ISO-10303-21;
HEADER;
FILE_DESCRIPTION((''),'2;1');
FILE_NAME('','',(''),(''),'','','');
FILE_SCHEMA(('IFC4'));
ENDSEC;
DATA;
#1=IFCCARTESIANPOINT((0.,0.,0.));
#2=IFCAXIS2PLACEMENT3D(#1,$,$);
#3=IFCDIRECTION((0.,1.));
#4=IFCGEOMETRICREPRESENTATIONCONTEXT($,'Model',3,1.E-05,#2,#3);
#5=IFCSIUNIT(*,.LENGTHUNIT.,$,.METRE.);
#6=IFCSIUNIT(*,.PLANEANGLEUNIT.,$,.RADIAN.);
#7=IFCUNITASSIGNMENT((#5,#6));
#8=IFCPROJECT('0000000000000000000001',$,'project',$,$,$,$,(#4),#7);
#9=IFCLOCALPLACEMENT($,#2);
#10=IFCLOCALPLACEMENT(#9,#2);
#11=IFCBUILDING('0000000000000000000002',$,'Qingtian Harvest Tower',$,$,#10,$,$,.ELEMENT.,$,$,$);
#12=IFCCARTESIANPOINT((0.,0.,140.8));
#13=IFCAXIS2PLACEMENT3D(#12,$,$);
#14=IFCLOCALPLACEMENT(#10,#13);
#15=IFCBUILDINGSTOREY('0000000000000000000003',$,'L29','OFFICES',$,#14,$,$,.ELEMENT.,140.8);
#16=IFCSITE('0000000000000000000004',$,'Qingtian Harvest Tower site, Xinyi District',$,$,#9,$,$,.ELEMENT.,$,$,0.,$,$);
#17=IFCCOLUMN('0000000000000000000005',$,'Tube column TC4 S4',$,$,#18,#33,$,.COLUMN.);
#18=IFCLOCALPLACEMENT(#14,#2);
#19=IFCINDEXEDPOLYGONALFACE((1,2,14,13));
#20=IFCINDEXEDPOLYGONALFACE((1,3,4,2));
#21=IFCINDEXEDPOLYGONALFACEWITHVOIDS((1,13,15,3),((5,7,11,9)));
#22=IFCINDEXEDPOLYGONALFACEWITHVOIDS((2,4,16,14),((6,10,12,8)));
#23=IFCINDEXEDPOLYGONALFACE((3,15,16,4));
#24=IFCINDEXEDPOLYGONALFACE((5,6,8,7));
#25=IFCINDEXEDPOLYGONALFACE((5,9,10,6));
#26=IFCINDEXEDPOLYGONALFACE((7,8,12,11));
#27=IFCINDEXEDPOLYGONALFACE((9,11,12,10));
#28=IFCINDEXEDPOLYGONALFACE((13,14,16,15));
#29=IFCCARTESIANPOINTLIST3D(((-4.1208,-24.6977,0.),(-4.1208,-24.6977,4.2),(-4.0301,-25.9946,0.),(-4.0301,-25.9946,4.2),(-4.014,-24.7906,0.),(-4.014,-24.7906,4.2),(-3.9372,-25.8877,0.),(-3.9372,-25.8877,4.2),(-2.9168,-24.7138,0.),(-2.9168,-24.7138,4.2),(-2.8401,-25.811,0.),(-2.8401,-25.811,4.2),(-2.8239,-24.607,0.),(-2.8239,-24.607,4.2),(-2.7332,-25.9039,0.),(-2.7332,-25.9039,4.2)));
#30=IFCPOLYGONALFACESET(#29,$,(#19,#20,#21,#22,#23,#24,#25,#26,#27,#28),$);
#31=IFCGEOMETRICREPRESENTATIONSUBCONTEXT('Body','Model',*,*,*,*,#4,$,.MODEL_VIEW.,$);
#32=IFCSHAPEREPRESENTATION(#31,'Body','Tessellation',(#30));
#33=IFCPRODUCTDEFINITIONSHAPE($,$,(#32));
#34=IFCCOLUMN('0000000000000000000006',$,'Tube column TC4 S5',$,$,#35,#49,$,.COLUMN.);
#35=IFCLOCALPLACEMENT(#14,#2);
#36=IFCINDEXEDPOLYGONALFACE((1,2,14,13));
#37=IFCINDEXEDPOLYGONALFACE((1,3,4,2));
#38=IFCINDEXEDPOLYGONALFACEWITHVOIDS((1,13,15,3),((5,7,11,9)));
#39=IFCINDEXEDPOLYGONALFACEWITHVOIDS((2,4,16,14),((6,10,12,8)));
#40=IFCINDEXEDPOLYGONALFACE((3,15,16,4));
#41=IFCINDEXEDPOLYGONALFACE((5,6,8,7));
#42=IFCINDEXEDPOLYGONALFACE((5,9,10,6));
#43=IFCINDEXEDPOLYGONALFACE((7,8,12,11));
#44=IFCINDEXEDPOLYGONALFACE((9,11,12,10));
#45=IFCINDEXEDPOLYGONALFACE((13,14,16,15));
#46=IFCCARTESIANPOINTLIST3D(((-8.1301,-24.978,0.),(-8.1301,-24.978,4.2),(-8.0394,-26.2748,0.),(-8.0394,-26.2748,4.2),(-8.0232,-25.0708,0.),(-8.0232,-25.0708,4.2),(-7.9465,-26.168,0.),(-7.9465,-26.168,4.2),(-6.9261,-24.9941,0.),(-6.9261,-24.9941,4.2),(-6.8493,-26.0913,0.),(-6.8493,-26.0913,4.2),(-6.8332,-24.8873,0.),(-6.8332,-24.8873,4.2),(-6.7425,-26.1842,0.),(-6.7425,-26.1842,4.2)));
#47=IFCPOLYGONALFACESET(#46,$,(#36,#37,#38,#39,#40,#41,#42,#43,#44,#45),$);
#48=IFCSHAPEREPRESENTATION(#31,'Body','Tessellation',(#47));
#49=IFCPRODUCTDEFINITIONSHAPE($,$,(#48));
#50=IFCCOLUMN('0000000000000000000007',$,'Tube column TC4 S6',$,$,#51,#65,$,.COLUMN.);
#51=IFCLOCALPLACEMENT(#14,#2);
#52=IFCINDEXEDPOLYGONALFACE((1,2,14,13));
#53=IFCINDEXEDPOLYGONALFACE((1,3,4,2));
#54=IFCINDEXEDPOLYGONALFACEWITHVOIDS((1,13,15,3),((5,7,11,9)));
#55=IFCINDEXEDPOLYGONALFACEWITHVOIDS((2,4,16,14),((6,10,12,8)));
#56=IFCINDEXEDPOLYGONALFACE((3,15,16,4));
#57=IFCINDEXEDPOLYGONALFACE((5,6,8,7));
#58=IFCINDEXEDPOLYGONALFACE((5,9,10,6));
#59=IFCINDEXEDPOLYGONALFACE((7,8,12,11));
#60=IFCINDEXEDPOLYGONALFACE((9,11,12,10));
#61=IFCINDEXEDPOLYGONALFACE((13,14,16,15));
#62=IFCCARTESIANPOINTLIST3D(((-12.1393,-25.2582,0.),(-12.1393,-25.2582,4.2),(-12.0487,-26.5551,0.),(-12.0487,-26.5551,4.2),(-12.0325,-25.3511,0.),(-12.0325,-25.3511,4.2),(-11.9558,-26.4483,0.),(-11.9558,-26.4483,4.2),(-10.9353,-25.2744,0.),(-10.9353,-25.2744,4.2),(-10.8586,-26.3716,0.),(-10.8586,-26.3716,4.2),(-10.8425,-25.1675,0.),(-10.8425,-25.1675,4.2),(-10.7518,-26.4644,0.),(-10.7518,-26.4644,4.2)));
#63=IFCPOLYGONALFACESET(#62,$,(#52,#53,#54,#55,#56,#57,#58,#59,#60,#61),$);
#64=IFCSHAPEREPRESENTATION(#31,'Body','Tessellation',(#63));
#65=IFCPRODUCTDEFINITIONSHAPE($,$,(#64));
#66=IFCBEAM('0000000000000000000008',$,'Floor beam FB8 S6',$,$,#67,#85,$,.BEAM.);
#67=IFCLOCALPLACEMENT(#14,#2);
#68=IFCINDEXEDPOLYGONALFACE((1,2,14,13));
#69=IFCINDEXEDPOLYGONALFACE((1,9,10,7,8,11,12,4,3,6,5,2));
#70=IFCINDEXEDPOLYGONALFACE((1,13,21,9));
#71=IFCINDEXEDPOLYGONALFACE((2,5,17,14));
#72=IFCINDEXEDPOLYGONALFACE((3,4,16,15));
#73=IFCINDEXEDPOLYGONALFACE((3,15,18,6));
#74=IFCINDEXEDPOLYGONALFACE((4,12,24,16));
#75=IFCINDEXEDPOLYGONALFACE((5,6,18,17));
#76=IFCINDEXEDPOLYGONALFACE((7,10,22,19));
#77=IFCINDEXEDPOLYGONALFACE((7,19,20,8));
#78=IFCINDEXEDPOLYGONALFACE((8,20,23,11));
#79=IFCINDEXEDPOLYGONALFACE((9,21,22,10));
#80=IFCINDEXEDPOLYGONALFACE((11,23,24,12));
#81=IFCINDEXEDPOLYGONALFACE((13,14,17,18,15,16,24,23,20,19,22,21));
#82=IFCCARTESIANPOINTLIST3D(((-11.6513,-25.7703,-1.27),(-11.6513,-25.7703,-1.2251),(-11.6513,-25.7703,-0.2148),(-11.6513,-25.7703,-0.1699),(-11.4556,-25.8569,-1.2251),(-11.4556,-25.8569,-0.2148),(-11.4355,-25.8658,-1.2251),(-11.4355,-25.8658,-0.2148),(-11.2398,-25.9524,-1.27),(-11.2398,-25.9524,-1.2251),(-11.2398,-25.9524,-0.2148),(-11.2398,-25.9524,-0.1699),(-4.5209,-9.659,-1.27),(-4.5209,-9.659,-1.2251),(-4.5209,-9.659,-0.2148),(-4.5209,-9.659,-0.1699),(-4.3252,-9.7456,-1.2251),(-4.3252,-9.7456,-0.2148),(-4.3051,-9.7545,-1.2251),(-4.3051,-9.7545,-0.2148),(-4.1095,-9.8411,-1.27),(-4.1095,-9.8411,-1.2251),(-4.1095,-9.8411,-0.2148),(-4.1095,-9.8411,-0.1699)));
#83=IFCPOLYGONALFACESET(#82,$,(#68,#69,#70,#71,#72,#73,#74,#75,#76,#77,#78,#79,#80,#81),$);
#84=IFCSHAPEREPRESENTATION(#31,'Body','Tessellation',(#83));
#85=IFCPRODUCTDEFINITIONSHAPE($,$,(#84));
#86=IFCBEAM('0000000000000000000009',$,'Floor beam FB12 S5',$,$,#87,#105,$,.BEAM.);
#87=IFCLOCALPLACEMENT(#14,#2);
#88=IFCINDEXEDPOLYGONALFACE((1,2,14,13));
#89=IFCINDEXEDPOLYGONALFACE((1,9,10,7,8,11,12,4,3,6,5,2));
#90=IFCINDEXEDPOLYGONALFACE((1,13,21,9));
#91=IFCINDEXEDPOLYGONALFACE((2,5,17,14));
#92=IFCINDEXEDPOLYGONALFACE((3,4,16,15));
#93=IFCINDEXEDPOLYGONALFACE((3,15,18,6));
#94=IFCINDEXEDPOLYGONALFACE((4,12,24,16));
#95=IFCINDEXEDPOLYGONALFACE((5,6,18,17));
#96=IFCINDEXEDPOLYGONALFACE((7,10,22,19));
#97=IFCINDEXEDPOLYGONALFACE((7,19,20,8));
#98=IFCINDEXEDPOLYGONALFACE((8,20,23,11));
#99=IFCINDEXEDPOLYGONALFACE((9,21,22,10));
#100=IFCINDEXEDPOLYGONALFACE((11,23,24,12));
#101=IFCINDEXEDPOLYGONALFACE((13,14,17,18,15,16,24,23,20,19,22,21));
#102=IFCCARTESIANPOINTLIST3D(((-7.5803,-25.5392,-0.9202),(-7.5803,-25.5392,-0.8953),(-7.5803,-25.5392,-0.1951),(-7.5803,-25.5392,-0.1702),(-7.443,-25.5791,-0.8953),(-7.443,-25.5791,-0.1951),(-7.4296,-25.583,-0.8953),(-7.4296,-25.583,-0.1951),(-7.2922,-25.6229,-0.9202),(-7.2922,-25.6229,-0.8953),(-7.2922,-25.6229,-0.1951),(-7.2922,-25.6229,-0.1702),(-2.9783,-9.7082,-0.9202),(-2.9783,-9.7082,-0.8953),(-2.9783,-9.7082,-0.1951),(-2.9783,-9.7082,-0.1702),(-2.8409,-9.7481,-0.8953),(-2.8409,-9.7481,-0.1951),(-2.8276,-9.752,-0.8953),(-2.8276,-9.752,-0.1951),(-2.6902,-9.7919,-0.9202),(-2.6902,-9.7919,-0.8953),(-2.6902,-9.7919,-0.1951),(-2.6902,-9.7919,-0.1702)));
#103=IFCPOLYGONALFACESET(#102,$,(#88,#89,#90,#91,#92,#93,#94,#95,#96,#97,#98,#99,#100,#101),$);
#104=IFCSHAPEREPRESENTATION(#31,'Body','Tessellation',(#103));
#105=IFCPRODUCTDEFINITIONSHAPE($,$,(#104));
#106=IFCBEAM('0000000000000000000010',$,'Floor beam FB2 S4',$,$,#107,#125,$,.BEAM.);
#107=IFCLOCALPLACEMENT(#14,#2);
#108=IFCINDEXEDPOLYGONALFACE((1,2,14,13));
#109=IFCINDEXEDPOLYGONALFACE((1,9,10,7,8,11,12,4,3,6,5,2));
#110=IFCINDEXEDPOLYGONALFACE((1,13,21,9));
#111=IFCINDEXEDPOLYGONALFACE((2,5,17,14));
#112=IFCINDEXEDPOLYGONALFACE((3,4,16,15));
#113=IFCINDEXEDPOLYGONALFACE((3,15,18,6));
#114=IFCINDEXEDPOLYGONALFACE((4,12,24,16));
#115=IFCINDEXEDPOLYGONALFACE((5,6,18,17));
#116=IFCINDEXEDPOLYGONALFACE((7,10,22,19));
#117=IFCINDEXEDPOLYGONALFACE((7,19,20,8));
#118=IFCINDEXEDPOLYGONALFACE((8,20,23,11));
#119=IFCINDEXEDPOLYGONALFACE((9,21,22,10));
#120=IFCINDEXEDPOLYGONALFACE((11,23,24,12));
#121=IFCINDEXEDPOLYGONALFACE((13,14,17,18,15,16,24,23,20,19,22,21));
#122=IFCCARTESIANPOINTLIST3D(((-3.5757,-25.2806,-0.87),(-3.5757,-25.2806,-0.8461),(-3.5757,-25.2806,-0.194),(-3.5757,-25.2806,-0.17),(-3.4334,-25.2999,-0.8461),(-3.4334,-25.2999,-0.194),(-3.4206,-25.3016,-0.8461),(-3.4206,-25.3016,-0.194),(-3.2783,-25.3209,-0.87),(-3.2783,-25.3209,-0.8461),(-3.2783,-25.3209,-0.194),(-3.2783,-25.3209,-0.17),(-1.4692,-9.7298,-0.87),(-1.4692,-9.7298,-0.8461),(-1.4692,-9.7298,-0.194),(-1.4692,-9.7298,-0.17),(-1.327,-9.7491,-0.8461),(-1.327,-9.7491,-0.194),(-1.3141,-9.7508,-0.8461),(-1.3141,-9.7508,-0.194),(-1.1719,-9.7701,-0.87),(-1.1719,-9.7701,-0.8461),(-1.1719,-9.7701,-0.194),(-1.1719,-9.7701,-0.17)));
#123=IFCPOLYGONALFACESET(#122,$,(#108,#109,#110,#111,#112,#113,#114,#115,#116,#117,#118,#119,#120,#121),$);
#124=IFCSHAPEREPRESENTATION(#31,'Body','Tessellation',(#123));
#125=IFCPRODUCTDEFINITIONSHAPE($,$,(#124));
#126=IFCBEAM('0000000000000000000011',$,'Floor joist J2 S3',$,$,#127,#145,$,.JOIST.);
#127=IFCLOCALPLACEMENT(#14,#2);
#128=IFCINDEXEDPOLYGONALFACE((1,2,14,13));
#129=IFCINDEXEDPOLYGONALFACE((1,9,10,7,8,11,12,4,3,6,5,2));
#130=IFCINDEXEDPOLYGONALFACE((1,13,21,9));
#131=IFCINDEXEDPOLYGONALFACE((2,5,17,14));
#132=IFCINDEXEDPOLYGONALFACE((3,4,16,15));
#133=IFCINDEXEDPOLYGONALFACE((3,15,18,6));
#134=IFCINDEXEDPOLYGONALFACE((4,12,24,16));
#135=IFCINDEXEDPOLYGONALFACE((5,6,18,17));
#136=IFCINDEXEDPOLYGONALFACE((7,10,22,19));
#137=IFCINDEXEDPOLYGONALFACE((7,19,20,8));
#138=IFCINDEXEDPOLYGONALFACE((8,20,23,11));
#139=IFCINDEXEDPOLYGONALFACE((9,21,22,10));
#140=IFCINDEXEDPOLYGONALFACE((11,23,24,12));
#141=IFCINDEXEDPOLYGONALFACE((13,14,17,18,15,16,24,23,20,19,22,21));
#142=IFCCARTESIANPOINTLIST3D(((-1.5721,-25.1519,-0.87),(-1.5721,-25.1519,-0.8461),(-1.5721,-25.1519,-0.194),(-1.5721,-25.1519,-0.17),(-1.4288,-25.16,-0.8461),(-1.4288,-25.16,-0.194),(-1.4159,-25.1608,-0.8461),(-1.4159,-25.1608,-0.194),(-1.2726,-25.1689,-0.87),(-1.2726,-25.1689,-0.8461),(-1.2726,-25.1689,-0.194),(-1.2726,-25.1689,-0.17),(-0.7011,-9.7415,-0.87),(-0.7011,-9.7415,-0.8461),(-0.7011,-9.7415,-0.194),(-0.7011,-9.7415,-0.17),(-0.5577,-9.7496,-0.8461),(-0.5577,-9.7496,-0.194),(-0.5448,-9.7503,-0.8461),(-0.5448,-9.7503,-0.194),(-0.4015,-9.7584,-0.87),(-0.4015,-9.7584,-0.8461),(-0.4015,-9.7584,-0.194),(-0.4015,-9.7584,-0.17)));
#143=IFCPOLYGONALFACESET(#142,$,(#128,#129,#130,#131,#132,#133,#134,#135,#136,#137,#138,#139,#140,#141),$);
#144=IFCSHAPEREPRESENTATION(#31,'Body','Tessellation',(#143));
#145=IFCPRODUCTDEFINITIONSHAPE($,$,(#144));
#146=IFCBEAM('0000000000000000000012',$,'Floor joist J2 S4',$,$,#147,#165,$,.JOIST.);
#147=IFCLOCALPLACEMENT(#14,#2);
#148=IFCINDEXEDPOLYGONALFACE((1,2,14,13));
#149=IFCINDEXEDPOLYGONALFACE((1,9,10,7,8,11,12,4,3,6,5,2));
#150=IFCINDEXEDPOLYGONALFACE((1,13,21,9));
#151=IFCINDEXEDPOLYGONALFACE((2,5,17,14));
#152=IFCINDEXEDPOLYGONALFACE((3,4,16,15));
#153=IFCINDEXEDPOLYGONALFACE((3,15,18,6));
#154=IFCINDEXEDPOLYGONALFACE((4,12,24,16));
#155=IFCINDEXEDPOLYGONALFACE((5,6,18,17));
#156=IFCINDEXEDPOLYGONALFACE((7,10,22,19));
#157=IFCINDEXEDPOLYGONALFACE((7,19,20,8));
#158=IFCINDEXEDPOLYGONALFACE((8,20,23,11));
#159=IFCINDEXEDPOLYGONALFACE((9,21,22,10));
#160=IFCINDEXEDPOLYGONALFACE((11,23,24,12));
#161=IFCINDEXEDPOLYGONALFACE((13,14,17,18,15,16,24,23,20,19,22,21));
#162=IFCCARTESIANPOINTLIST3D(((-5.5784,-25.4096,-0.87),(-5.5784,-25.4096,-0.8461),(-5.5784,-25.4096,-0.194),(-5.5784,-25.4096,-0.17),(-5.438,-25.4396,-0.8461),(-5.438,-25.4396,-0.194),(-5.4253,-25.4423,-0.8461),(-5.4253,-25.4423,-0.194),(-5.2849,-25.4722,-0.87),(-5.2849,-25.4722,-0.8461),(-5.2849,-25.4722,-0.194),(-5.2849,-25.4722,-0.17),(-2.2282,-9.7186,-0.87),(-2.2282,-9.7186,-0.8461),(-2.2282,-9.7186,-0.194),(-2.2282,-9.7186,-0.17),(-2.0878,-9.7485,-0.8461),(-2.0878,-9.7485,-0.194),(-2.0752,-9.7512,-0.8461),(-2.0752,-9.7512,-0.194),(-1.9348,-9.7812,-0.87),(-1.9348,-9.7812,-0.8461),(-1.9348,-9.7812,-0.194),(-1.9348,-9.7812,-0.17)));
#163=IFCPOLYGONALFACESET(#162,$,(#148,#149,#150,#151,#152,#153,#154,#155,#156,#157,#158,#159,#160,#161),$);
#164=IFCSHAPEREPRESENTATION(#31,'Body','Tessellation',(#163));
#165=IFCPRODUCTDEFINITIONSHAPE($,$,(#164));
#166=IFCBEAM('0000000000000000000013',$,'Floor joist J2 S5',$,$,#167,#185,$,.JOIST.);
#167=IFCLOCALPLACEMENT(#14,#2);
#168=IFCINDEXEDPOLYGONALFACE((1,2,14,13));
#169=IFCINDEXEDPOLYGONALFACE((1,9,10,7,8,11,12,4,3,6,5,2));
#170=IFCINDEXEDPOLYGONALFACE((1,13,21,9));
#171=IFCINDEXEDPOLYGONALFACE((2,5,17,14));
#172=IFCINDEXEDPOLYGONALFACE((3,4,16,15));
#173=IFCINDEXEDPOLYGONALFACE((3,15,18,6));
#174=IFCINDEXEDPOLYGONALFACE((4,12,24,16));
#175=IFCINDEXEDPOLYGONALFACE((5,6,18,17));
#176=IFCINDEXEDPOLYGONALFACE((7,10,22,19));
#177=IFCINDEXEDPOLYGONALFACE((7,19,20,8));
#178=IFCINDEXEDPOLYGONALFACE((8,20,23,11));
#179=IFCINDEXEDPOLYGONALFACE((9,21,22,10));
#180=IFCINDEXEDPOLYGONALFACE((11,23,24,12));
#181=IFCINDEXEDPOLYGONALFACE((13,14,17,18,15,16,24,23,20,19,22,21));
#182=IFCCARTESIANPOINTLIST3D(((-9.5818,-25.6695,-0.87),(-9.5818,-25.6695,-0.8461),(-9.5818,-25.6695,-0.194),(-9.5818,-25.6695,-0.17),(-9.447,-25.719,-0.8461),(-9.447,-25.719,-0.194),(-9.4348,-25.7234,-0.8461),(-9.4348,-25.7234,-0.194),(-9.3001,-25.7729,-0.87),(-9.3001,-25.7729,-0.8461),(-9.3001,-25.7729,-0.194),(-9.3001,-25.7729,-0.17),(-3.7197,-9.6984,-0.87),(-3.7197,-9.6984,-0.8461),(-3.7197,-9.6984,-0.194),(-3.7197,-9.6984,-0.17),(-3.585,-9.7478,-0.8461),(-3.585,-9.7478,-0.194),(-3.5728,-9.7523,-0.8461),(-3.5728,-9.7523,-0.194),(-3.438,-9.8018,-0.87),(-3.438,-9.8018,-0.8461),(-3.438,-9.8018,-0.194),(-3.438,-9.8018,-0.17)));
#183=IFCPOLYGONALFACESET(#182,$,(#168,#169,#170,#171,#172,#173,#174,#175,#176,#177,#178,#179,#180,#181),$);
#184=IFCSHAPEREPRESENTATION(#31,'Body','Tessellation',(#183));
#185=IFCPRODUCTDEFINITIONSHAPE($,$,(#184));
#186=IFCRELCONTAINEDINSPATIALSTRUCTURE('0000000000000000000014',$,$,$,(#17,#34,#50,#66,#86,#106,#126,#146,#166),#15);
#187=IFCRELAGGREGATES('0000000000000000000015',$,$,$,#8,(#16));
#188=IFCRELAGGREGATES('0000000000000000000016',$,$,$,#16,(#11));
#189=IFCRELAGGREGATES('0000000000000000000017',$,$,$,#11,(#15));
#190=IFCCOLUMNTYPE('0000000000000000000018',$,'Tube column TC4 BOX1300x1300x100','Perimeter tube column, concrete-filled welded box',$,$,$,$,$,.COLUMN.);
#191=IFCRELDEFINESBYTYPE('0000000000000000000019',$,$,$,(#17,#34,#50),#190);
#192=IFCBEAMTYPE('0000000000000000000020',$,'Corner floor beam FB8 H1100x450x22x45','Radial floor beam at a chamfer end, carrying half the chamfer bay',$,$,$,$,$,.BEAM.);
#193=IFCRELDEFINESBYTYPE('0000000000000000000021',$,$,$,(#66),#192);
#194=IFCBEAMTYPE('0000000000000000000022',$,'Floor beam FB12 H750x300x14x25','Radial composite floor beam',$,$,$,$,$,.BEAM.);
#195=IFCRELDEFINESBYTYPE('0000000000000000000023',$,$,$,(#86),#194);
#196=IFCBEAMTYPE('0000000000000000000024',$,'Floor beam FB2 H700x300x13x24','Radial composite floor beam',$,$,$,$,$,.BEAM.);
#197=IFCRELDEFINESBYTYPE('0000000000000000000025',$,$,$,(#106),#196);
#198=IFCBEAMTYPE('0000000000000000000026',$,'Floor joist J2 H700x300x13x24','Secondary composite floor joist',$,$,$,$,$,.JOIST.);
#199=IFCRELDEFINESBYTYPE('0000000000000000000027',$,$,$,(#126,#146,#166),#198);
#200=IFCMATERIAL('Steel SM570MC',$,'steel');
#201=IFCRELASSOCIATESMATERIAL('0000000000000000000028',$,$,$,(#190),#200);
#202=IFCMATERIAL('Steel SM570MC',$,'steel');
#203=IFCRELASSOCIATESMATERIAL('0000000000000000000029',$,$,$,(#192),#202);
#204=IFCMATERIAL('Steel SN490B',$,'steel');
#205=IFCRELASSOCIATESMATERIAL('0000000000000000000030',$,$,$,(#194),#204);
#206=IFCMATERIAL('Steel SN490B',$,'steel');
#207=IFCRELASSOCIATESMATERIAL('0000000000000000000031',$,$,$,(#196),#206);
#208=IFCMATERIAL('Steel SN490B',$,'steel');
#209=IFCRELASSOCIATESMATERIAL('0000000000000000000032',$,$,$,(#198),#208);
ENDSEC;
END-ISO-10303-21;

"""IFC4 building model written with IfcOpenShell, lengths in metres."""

from ifc_helpers import new_model, si_unit, direction, frame, origin, origin_2d, place, context, subcontext, project, spatial, hollow_rectangle, i_section, extrude, material, material_profile, profile_set, type_object, element, save


model = new_model("IFC4")

# Units and contexts
model_context = context("Model", 3, precision=1e-05, world=origin(), true_north=direction((0.0, 1.0)))
body_context = subcontext(model_context, "Body", "Model", "MODEL_VIEW")
ifc_project = project(units=[si_unit("LENGTHUNIT", "METRE"), si_unit("PLANEANGLEUNIT", "RADIAN")], contexts=[model_context])

# Site, building, storey
site_placement = place(None, origin())
site = spatial("IfcSite", under=ifc_project, at=site_placement, Name="Qingtian Harvest Tower site, Xinyi District", CompositionType="ELEMENT", RefElevation=0.0)
building_placement = place(site_placement, origin())
building = spatial("IfcBuilding", under=site, at=building_placement, Name="Qingtian Harvest Tower", CompositionType="ELEMENT")
storey_placement = place(building_placement, frame((0.0, 0.0, 140.8)))
storey = spatial("IfcBuildingStorey", under=building, at=storey_placement, Name="L29", Description="OFFICES", CompositionType="ELEMENT", Elevation=140.8)

# Columns
ifc_material_1 = material(Name="Steel SM570MC", Category="steel")
ifc_material_profile_1 = material_profile(ifc_material_1, hollow_rectangle(XDim=1.3, YDim=1.3, WallThickness=0.1001, at=origin_2d()), Name="BOX1300x1300x100")
ifc_profile_set_1 = profile_set([ifc_material_profile_1], Name="Steel SM570MC")
column_type = type_object("IfcColumnType", Name="Tube column TC4 BOX1300x1300x100", Description="Perimeter tube column, concrete-filled welded box", PredefinedType="COLUMN", material=ifc_profile_set_1)
for number, where, z_axis, x_axis, name in (
    (1, (-3.427, -25.3008, 0.0), (0.0, 0.0, 1.0), (0.997564, 0.069756, 0.0), "Tube column TC4 S4"),
    (2, (-7.4363, -25.5811, 0.0), (0.0, 0.0, 1.0), (0.997564, 0.069756, 0.0), "Tube column TC4 S5"),
    (3, (-11.4456, -25.8613, 0.0), (0.0, 0.0, 1.0), (0.997564, 0.069756, 0.0), "Tube column TC4 S6"),
):
    element("IfcColumn", number, at=place(storey_placement, frame(where, z_axis=z_axis, x_axis=x_axis)), inside=storey, type_object=column_type, Name=name, PredefinedType="COLUMN", context=body_context, shape_type="SweptSolid", body=[
        extrude(hollow_rectangle(XDim=1.3, YDim=1.3, WallThickness=0.1001, at=origin_2d()), origin(), (0.0, 0.0, 1.0), 4.2),
    ])

# Beams
ifc_material_2 = material(Name="Steel SM570MC", Category="steel")
ifc_material_profile_2 = material_profile(ifc_material_2, i_section(OverallWidth=0.45, OverallDepth=1.1001, WebThickness=0.022, FlangeThickness=0.0449, at=origin_2d()), Name="H1100x450x22x45")
ifc_profile_set_2 = profile_set([ifc_material_profile_2], Name="Steel SM570MC")
beam_type_1 = type_object("IfcBeamType", Name="Corner floor beam FB8 H1100x450x22x45", Description="Radial floor beam at a chamfer end, carrying half the chamfer bay", PredefinedType="BEAM", material=ifc_profile_set_2)
beam_1_placement = place(storey_placement, frame((-11.4456, -25.8613, -0.72), z_axis=(0.404706, 0.914447, 0.0), x_axis=(-0.914447, 0.404706, 0.0)))
element("IfcBeam", 4, at=beam_1_placement, inside=storey, type_object=beam_type_1, Name="Floor beam FB8 S6", PredefinedType="BEAM", context=body_context, shape_type="SweptSolid", body=[
    extrude(i_section(OverallWidth=0.45, OverallDepth=1.1001, WebThickness=0.022, FlangeThickness=0.0449, at=origin_2d()), origin(), (0.0, 0.0, 1.0), 17.6187),
])
ifc_material_3 = material(Name="Steel SN490B", Category="steel")
ifc_material_profile_3 = material_profile(ifc_material_3, i_section(OverallWidth=0.3, OverallDepth=0.75, WebThickness=0.0139, FlangeThickness=0.0249, at=origin_2d()), Name="H750x300x14x25")
ifc_profile_set_3 = profile_set([ifc_material_profile_3], Name="Steel SN490B")
beam_type_2 = type_object("IfcBeamType", Name="Floor beam FB12 H750x300x14x25", Description="Radial composite floor beam", PredefinedType="BEAM", material=ifc_profile_set_3)
beam_2_placement = place(storey_placement, frame((-7.4363, -25.5811, -0.5452), z_axis=(0.279142, 0.96025, 0.0), x_axis=(-0.96025, 0.279142, 0.0)))
element("IfcBeam", 5, at=beam_2_placement, inside=storey, type_object=beam_type_2, Name="Floor beam FB12 S5", PredefinedType="BEAM", context=body_context, shape_type="SweptSolid", body=[
    extrude(i_section(OverallWidth=0.3, OverallDepth=0.75, WebThickness=0.0139, FlangeThickness=0.0249, at=origin_2d()), origin(), (0.0, 0.0, 1.0), 16.4863),
])
ifc_material_4 = material(Name="Steel SN490B", Category="steel")
ifc_material_profile_4 = material_profile(ifc_material_4, i_section(OverallWidth=0.3, OverallDepth=0.7, WebThickness=0.0129, FlangeThickness=0.0239, at=origin_2d()), Name="H700x300x13x24")
ifc_profile_set_4 = profile_set([ifc_material_profile_4], Name="Steel SN490B")
beam_type_3 = type_object("IfcBeamType", Name="Floor beam FB2 H700x300x13x24", Description="Radial composite floor beam", PredefinedType="BEAM", material=ifc_profile_set_4)
beam_3_placement = place(storey_placement, frame((-3.427, -25.3008, -0.52), z_axis=(0.13423, 0.99095, 0.0), x_axis=(-0.99095, 0.13423, 0.0)))
element("IfcBeam", 6, at=beam_3_placement, inside=storey, type_object=beam_type_3, Name="Floor beam FB2 S4", PredefinedType="BEAM", context=body_context, shape_type="SweptSolid", body=[
    extrude(i_section(OverallWidth=0.3, OverallDepth=0.7, WebThickness=0.0129, FlangeThickness=0.0239, at=origin_2d()), origin(), (0.0, 0.0, 1.0), 15.6929),
])
ifc_material_5 = material(Name="Steel SN490B", Category="steel")
ifc_material_profile_5 = material_profile(ifc_material_5, i_section(OverallWidth=0.3, OverallDepth=0.7, WebThickness=0.0129, FlangeThickness=0.0239, at=origin_2d()), Name="H700x300x13x24")
ifc_profile_set_5 = profile_set([ifc_material_profile_5], Name="Steel SN490B")
beam_type_4 = type_object("IfcBeamType", Name="Floor joist J2 H700x300x13x24", Description="Secondary composite floor joist", PredefinedType="JOIST", material=ifc_profile_set_5)
beam_4_placement = place(storey_placement, frame((-1.4224, -25.1604, -0.52), z_axis=(0.056436, 0.998406, 0.0), x_axis=(-0.998406, 0.056436, 0.0)))
element("IfcBeam", 7, at=beam_4_placement, inside=storey, type_object=beam_type_4, Name="Floor joist J2 S3", PredefinedType="JOIST", context=body_context, shape_type="SweptSolid", body=[
    extrude(i_section(OverallWidth=0.3, OverallDepth=0.7, WebThickness=0.0129, FlangeThickness=0.0239, at=origin_2d()), origin(), (0.0, 0.0, 1.0), 15.4351),
])
beam_5_placement = place(storey_placement, frame((-5.4316, -25.4409, -0.52), z_axis=(0.2088, 0.977958, 0.0), x_axis=(-0.977958, 0.2088, 0.0)))
element("IfcBeam", 8, at=beam_5_placement, inside=storey, type_object=beam_type_4, Name="Floor joist J2 S4", PredefinedType="JOIST", context=body_context, shape_type="SweptSolid", body=[
    extrude(i_section(OverallWidth=0.3, OverallDepth=0.7, WebThickness=0.0129, FlangeThickness=0.0239, at=origin_2d()), origin(), (0.0, 0.0, 1.0), 16.0447),
])
beam_6_placement = place(storey_placement, frame((-9.4409, -25.7212, -0.52), z_axis=(0.344563, 0.938763, 0.0), x_axis=(-0.938763, 0.344563, 0.0)))
element("IfcBeam", 9, at=beam_6_placement, inside=storey, type_object=beam_type_4, Name="Floor joist J2 S5", PredefinedType="JOIST", context=body_context, shape_type="SweptSolid", body=[
    extrude(i_section(OverallWidth=0.3, OverallDepth=0.7, WebThickness=0.0129, FlangeThickness=0.0239, at=origin_2d()), origin(), (0.0, 0.0, 1.0), 17.0129),
])

save(model, "model.ifc")
